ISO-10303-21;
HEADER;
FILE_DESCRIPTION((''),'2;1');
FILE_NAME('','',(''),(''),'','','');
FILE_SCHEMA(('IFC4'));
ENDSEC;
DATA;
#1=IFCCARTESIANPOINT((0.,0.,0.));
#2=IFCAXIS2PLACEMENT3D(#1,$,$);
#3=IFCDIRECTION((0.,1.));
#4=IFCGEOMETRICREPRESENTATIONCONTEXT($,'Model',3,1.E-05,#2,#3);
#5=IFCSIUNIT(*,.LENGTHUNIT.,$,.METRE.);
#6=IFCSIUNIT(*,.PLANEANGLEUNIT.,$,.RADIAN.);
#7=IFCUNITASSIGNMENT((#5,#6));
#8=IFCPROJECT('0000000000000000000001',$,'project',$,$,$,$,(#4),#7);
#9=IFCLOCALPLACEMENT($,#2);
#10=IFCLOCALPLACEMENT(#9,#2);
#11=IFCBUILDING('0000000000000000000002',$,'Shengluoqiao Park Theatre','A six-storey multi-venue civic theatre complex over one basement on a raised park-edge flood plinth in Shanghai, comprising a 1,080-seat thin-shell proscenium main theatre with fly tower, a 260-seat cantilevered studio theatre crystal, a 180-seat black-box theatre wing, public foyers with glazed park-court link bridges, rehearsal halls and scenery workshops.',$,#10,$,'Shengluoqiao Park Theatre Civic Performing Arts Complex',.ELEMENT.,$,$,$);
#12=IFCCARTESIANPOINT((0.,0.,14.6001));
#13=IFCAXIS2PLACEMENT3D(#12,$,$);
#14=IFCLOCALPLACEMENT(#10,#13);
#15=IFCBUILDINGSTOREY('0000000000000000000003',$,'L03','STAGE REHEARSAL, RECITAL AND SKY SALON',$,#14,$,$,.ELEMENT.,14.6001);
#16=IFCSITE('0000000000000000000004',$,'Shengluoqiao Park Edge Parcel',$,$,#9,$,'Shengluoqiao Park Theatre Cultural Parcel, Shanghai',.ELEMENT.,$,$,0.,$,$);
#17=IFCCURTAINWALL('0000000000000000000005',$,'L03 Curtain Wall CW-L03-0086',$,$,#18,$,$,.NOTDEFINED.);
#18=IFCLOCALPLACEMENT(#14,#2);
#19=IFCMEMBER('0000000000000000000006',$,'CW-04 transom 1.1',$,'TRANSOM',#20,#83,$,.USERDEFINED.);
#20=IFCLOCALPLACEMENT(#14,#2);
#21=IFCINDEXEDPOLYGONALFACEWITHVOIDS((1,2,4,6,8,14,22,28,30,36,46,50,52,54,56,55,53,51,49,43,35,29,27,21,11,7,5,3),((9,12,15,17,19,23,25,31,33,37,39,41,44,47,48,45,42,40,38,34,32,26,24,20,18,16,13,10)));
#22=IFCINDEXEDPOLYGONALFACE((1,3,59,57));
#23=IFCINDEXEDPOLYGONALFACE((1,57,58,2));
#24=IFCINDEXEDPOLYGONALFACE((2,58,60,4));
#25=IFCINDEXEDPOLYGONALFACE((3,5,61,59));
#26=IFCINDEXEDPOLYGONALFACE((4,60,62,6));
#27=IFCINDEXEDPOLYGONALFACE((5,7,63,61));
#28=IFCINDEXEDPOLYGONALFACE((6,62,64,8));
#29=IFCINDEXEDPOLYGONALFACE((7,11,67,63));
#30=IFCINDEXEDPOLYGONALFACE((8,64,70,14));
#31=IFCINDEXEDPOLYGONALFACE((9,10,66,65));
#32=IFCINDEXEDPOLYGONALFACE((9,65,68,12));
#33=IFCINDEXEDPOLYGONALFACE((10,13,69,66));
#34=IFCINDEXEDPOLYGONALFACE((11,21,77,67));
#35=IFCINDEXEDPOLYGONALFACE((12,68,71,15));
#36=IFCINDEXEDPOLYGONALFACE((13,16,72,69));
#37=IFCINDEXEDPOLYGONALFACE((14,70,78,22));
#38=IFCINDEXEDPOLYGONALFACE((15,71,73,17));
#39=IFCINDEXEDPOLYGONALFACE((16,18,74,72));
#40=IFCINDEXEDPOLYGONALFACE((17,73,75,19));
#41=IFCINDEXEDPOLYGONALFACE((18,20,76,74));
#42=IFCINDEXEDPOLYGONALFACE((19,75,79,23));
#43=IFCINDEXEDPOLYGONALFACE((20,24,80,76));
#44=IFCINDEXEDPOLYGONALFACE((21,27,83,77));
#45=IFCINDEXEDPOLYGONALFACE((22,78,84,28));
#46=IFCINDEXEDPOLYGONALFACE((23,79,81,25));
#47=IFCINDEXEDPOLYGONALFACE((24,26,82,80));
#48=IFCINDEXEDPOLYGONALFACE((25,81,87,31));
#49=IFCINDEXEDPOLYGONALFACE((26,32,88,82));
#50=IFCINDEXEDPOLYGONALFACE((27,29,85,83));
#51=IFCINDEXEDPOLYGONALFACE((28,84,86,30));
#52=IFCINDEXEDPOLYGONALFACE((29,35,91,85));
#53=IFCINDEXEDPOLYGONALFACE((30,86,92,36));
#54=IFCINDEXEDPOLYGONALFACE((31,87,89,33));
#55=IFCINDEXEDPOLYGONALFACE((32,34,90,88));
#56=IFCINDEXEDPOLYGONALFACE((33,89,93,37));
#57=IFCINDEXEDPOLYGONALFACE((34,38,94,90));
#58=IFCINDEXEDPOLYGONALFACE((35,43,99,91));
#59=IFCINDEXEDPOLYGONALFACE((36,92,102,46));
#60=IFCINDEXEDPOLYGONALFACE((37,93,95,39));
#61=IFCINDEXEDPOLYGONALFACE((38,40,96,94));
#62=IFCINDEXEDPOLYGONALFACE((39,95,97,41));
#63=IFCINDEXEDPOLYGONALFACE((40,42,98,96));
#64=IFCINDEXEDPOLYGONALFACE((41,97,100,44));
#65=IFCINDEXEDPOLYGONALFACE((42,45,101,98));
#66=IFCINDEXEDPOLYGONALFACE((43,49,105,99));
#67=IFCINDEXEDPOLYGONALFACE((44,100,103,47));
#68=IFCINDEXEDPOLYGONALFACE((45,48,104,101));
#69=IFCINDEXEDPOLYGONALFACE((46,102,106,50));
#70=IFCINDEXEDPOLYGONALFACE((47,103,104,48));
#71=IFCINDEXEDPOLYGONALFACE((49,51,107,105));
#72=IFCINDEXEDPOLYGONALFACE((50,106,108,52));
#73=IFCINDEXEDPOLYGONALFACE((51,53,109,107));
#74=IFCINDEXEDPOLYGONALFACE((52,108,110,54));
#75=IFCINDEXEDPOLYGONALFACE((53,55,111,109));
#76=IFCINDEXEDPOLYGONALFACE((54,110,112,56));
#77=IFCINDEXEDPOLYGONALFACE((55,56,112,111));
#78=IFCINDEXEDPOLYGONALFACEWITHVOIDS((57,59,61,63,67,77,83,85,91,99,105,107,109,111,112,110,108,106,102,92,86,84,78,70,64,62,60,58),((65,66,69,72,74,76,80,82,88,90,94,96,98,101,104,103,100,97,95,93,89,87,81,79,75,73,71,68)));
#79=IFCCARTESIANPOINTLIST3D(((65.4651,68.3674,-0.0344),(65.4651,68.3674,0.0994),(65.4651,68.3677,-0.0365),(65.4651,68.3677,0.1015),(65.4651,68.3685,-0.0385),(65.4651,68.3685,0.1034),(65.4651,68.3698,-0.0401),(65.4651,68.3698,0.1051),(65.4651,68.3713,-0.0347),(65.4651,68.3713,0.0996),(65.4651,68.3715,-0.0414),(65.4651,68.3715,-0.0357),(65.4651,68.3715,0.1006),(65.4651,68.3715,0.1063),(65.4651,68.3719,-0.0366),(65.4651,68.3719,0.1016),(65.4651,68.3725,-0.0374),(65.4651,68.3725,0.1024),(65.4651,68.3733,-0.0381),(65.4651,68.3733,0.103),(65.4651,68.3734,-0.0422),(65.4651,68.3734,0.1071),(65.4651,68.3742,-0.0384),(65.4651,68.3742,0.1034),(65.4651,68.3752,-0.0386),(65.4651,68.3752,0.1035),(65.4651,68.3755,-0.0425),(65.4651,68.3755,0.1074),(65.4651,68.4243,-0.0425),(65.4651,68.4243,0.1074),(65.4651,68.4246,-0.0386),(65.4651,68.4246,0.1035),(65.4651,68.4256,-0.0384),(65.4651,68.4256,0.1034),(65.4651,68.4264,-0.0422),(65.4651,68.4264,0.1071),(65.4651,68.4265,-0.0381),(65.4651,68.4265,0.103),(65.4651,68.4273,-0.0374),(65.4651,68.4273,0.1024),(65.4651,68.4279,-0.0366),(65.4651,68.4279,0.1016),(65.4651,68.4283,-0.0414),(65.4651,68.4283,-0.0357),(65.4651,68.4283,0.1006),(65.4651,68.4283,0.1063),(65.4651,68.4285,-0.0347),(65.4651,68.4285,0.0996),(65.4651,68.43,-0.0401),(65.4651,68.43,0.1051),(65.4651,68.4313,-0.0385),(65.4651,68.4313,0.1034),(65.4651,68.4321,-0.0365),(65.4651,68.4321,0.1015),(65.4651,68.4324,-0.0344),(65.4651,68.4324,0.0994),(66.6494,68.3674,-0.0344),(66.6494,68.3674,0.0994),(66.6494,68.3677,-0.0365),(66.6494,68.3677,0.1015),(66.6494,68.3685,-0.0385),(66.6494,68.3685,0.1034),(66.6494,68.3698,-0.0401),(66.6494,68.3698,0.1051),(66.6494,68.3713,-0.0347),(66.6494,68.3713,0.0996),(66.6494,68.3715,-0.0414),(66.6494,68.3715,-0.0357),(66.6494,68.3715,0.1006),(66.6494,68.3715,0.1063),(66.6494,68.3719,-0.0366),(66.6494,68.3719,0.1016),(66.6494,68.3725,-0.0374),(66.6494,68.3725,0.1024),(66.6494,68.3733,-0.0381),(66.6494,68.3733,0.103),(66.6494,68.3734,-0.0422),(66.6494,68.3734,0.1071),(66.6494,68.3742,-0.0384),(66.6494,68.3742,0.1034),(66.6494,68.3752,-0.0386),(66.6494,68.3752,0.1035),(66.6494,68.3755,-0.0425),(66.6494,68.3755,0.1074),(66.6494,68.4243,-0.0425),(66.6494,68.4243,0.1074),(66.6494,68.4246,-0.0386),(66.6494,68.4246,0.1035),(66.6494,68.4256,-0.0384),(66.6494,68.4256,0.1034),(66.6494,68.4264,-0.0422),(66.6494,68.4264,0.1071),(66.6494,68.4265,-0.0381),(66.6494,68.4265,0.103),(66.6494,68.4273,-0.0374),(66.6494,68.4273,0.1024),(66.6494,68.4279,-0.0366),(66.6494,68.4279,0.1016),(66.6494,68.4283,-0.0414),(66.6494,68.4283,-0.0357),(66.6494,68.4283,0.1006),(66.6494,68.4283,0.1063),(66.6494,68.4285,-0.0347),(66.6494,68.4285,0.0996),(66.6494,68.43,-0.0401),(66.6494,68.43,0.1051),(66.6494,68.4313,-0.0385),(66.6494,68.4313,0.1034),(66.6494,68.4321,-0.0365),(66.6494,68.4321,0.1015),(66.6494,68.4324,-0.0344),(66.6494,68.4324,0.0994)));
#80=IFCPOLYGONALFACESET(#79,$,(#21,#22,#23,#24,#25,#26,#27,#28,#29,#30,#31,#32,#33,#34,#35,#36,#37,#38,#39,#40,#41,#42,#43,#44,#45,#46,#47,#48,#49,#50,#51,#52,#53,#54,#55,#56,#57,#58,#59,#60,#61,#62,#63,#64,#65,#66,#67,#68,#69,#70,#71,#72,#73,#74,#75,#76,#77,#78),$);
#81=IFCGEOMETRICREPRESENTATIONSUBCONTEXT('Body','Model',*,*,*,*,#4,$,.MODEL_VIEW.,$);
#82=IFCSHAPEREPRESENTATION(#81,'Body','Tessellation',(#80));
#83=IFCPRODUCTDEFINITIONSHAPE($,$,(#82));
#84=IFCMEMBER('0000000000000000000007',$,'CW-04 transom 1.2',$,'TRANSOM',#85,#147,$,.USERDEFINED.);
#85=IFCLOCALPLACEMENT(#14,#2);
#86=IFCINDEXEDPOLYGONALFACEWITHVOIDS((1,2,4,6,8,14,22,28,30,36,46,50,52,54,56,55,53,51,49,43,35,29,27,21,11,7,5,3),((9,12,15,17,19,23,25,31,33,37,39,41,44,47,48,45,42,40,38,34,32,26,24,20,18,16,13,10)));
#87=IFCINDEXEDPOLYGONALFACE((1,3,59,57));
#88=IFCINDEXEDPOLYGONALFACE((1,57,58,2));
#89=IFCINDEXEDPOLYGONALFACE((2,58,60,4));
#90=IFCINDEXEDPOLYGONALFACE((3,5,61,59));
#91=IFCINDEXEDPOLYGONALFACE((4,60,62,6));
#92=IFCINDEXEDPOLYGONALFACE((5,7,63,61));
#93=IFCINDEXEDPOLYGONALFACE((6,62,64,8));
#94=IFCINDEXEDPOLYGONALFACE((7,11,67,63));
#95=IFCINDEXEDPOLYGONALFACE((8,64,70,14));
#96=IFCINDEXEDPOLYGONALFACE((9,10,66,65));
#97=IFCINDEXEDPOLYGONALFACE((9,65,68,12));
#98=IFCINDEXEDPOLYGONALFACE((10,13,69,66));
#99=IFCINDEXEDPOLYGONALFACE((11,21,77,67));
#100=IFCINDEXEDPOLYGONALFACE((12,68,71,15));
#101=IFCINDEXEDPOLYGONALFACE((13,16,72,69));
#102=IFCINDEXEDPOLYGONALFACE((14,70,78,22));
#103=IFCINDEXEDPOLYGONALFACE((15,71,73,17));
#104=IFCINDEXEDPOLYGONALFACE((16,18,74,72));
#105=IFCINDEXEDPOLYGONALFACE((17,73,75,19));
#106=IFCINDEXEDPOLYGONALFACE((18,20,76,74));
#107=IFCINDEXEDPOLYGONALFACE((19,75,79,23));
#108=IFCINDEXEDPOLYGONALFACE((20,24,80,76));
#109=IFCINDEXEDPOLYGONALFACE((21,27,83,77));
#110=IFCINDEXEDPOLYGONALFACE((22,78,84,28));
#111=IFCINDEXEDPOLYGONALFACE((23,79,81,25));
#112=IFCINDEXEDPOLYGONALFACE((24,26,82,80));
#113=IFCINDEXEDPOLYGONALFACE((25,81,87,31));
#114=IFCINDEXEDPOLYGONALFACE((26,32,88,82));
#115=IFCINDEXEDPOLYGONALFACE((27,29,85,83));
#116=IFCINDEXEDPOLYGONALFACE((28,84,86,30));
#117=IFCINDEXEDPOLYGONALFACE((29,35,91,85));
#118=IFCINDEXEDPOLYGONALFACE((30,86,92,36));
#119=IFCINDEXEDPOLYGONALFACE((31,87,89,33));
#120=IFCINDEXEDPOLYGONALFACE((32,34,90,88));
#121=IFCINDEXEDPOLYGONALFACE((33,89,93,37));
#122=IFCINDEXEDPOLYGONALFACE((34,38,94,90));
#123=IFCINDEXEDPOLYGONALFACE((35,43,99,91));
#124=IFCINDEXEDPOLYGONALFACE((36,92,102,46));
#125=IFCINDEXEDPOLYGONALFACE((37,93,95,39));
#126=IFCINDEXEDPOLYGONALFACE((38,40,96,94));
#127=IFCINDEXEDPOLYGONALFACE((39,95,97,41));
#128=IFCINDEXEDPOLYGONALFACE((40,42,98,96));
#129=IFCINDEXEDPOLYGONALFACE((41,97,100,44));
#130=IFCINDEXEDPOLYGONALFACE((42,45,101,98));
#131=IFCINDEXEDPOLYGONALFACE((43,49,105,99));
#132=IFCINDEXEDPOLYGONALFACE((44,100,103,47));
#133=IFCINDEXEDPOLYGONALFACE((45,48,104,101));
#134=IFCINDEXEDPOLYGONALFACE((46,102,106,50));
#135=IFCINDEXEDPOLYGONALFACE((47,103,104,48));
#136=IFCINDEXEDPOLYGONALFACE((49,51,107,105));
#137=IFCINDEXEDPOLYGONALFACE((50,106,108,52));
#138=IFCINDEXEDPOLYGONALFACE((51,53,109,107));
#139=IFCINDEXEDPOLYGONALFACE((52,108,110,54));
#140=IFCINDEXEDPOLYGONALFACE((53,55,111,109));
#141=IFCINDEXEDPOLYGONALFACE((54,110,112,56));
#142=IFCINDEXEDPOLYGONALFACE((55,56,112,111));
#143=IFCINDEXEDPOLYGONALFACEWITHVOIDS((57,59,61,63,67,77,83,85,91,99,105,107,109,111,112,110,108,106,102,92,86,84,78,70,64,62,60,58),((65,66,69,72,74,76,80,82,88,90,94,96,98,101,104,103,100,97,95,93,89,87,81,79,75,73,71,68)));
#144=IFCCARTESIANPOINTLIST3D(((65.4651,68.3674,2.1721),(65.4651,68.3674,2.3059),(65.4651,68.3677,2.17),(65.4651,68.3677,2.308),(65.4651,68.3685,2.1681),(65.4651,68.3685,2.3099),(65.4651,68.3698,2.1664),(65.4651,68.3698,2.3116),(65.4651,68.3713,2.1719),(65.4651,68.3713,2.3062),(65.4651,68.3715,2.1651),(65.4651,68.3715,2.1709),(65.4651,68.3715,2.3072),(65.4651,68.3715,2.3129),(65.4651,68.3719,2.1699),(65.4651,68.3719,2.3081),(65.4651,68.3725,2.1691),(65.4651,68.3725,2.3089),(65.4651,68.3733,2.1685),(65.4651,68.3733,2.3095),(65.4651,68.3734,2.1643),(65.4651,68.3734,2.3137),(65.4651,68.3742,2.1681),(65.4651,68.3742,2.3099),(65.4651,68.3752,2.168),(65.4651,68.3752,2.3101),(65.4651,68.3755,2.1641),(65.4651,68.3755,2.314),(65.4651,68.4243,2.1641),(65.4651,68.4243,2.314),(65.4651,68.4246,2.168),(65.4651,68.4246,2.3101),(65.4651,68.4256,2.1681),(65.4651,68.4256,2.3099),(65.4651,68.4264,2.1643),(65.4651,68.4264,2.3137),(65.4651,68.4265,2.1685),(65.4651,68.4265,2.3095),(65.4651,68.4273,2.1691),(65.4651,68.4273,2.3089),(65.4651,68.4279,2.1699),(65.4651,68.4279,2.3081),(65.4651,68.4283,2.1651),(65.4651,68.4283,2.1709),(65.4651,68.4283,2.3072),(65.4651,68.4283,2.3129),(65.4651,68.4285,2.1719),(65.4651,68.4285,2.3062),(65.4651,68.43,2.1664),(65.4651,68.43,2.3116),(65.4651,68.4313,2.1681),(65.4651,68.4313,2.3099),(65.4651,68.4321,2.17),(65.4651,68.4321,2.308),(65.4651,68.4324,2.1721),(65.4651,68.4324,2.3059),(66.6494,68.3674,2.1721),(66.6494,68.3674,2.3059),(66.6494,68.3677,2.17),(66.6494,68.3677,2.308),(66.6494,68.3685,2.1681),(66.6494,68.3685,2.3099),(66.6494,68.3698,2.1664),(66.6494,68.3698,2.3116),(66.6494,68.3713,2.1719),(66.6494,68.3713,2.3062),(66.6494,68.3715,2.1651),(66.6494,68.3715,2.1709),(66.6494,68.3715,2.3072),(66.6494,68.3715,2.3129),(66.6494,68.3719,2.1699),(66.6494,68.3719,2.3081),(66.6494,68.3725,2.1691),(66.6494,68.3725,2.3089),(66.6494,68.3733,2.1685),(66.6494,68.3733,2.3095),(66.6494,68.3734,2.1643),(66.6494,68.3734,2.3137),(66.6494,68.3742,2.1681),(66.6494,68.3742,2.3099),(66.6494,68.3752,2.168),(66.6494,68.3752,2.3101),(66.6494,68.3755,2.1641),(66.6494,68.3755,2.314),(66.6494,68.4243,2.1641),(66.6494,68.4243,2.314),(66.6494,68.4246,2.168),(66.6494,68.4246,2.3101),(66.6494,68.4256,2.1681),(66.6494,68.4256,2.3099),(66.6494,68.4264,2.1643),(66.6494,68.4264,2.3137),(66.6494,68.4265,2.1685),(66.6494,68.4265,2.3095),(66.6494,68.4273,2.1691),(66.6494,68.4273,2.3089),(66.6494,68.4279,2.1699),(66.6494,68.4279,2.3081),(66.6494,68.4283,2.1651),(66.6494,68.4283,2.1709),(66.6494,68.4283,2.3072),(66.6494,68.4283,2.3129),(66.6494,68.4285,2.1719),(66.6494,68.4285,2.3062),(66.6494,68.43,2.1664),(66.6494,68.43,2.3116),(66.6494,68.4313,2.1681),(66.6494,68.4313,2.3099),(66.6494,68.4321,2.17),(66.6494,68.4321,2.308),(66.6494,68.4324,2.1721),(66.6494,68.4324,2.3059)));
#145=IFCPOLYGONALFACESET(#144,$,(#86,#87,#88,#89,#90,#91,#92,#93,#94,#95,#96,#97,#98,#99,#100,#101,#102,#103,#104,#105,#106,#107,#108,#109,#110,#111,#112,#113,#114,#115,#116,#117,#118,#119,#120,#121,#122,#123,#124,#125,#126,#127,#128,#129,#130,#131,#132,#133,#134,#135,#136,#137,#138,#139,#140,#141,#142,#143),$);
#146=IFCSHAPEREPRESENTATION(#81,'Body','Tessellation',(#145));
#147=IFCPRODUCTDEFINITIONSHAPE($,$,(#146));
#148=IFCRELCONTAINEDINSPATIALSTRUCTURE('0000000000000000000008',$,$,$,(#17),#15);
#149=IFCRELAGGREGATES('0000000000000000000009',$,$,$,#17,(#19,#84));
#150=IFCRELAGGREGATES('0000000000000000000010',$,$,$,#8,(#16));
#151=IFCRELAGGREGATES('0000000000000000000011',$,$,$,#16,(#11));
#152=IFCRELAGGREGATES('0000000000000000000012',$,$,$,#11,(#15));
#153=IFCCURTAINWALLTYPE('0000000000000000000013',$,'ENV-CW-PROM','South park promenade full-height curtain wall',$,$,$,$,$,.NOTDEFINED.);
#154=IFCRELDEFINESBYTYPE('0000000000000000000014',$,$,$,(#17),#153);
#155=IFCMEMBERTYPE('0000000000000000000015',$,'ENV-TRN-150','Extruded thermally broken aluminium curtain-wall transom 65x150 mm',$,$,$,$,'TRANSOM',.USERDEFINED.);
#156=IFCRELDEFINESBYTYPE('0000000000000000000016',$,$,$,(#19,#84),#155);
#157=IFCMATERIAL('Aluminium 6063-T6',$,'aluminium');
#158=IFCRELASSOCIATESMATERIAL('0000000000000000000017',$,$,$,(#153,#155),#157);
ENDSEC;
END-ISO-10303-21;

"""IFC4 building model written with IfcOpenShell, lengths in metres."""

from ifc_helpers import new_model, si_unit, direction, frame, origin, origin_2d, place, context, subcontext, project, spatial, hollow_rectangle, extrude, material, material_profile, profile_set, type_object, element, aggregate, save


model = new_model("IFC4")

# Units and contexts
model_context = context("Model", 3, precision=1e-05, world=origin(), true_north=direction((0.0, 1.0)))
body_context = subcontext(model_context, "Body", "Model", "MODEL_VIEW")
ifc_project = project(units=[si_unit("LENGTHUNIT", "METRE"), si_unit("PLANEANGLEUNIT", "RADIAN")], contexts=[model_context])

# Site, building, storey
site_placement = place(None, origin())
site = spatial("IfcSite", under=ifc_project, at=site_placement, Name="Shengluoqiao Park Edge Parcel", LongName="Shengluoqiao Park Theatre Cultural Parcel, Shanghai", CompositionType="ELEMENT", RefElevation=0.0)
building_placement = place(site_placement, origin())
building = spatial("IfcBuilding", under=site, at=building_placement, Name="Shengluoqiao Park Theatre", Description="A six-storey multi-venue civic theatre complex over one basement on a raised park-edge flood plinth in Shanghai, comprising a 1,080-seat thin-shell proscenium main theatre with fly tower, a 260-seat cantilevered studio theatre crystal, a 180-seat black-box theatre wing, public foyers with glazed park-court link bridges, rehearsal halls and scenery workshops.", LongName="Shengluoqiao Park Theatre Civic Performing Arts Complex", CompositionType="ELEMENT")
storey_placement = place(building_placement, frame((0.0, 0.0, 14.6001)))
storey = spatial("IfcBuildingStorey", under=building, at=storey_placement, Name="L03", Description="STAGE REHEARSAL, RECITAL AND SKY SALON", CompositionType="ELEMENT", Elevation=14.6001)

# Shared definitions
ifc_material_1 = material(Name="Aluminium 6063-T6", Category="aluminium")
curtain_wall_type = type_object("IfcCurtainWallType", Name="ENV-CW-PROM", Description="South park promenade full-height curtain wall", PredefinedType="NOTDEFINED", material=ifc_material_1)

# Curtain wall
curtain_wall_1_placement = place(storey_placement, origin())
curtain_wall_1 = element("IfcCurtainWall", 1, at=curtain_wall_1_placement, inside=storey, type_object=curtain_wall_type, Name="L03 Curtain Wall CW-L03-0086", PredefinedType="NOTDEFINED")

# Members
ifc_material_profile_1 = material_profile(ifc_material_1, hollow_rectangle(XDim=0.0649, YDim=0.1499, WallThickness=0.0039, InnerFilletRadius=0.0039, OuterFilletRadius=0.0081, at=origin_2d()), Name="ALU TRANSOM 150x65x4")
ifc_profile_set_1 = profile_set([ifc_material_profile_1], Name="Aluminium 6063-T6")
member_type_1 = type_object("IfcMemberType", Name="ENV-TRN-150", Description="Extruded thermally broken aluminium curtain-wall transom 65x150 mm", ElementType="TRANSOM", PredefinedType="USERDEFINED", material=ifc_profile_set_1)
member_1_placement = place(storey_placement, frame((65.4651, 68.3999, 0.0325), z_axis=(1.0, 0.0, 0.0), x_axis=(0.0, 1.0, 0.0)))
member_1 = element("IfcMember", 2, at=member_1_placement, type_object=member_type_1, Name="CW-04 transom 1.1", ObjectType="TRANSOM", PredefinedType="USERDEFINED", context=body_context, shape_type="SweptSolid", body=[
    extrude(hollow_rectangle(XDim=0.0649, YDim=0.1499, WallThickness=0.0039, InnerFilletRadius=0.0039, OuterFilletRadius=0.0081, at=origin_2d()), origin(), (0.0, 0.0, 1.0), 1.1843),
])
member_2_placement = place(storey_placement, frame((65.4651, 68.3999, 2.239), z_axis=(1.0, 0.0, 0.0), x_axis=(0.0, 1.0, 0.0)))
member_2 = element("IfcMember", 3, at=member_2_placement, type_object=member_type_1, Name="CW-04 transom 1.2", ObjectType="TRANSOM", PredefinedType="USERDEFINED", context=body_context, shape_type="SweptSolid", body=[
    extrude(hollow_rectangle(XDim=0.0649, YDim=0.1499, WallThickness=0.0039, InnerFilletRadius=0.0039, OuterFilletRadius=0.0081, at=origin_2d()), origin(), (0.0, 0.0, 1.0), 1.1843),
])

aggregate(curtain_wall_1, [member_1, member_2])

save(model, "model.ifc")
